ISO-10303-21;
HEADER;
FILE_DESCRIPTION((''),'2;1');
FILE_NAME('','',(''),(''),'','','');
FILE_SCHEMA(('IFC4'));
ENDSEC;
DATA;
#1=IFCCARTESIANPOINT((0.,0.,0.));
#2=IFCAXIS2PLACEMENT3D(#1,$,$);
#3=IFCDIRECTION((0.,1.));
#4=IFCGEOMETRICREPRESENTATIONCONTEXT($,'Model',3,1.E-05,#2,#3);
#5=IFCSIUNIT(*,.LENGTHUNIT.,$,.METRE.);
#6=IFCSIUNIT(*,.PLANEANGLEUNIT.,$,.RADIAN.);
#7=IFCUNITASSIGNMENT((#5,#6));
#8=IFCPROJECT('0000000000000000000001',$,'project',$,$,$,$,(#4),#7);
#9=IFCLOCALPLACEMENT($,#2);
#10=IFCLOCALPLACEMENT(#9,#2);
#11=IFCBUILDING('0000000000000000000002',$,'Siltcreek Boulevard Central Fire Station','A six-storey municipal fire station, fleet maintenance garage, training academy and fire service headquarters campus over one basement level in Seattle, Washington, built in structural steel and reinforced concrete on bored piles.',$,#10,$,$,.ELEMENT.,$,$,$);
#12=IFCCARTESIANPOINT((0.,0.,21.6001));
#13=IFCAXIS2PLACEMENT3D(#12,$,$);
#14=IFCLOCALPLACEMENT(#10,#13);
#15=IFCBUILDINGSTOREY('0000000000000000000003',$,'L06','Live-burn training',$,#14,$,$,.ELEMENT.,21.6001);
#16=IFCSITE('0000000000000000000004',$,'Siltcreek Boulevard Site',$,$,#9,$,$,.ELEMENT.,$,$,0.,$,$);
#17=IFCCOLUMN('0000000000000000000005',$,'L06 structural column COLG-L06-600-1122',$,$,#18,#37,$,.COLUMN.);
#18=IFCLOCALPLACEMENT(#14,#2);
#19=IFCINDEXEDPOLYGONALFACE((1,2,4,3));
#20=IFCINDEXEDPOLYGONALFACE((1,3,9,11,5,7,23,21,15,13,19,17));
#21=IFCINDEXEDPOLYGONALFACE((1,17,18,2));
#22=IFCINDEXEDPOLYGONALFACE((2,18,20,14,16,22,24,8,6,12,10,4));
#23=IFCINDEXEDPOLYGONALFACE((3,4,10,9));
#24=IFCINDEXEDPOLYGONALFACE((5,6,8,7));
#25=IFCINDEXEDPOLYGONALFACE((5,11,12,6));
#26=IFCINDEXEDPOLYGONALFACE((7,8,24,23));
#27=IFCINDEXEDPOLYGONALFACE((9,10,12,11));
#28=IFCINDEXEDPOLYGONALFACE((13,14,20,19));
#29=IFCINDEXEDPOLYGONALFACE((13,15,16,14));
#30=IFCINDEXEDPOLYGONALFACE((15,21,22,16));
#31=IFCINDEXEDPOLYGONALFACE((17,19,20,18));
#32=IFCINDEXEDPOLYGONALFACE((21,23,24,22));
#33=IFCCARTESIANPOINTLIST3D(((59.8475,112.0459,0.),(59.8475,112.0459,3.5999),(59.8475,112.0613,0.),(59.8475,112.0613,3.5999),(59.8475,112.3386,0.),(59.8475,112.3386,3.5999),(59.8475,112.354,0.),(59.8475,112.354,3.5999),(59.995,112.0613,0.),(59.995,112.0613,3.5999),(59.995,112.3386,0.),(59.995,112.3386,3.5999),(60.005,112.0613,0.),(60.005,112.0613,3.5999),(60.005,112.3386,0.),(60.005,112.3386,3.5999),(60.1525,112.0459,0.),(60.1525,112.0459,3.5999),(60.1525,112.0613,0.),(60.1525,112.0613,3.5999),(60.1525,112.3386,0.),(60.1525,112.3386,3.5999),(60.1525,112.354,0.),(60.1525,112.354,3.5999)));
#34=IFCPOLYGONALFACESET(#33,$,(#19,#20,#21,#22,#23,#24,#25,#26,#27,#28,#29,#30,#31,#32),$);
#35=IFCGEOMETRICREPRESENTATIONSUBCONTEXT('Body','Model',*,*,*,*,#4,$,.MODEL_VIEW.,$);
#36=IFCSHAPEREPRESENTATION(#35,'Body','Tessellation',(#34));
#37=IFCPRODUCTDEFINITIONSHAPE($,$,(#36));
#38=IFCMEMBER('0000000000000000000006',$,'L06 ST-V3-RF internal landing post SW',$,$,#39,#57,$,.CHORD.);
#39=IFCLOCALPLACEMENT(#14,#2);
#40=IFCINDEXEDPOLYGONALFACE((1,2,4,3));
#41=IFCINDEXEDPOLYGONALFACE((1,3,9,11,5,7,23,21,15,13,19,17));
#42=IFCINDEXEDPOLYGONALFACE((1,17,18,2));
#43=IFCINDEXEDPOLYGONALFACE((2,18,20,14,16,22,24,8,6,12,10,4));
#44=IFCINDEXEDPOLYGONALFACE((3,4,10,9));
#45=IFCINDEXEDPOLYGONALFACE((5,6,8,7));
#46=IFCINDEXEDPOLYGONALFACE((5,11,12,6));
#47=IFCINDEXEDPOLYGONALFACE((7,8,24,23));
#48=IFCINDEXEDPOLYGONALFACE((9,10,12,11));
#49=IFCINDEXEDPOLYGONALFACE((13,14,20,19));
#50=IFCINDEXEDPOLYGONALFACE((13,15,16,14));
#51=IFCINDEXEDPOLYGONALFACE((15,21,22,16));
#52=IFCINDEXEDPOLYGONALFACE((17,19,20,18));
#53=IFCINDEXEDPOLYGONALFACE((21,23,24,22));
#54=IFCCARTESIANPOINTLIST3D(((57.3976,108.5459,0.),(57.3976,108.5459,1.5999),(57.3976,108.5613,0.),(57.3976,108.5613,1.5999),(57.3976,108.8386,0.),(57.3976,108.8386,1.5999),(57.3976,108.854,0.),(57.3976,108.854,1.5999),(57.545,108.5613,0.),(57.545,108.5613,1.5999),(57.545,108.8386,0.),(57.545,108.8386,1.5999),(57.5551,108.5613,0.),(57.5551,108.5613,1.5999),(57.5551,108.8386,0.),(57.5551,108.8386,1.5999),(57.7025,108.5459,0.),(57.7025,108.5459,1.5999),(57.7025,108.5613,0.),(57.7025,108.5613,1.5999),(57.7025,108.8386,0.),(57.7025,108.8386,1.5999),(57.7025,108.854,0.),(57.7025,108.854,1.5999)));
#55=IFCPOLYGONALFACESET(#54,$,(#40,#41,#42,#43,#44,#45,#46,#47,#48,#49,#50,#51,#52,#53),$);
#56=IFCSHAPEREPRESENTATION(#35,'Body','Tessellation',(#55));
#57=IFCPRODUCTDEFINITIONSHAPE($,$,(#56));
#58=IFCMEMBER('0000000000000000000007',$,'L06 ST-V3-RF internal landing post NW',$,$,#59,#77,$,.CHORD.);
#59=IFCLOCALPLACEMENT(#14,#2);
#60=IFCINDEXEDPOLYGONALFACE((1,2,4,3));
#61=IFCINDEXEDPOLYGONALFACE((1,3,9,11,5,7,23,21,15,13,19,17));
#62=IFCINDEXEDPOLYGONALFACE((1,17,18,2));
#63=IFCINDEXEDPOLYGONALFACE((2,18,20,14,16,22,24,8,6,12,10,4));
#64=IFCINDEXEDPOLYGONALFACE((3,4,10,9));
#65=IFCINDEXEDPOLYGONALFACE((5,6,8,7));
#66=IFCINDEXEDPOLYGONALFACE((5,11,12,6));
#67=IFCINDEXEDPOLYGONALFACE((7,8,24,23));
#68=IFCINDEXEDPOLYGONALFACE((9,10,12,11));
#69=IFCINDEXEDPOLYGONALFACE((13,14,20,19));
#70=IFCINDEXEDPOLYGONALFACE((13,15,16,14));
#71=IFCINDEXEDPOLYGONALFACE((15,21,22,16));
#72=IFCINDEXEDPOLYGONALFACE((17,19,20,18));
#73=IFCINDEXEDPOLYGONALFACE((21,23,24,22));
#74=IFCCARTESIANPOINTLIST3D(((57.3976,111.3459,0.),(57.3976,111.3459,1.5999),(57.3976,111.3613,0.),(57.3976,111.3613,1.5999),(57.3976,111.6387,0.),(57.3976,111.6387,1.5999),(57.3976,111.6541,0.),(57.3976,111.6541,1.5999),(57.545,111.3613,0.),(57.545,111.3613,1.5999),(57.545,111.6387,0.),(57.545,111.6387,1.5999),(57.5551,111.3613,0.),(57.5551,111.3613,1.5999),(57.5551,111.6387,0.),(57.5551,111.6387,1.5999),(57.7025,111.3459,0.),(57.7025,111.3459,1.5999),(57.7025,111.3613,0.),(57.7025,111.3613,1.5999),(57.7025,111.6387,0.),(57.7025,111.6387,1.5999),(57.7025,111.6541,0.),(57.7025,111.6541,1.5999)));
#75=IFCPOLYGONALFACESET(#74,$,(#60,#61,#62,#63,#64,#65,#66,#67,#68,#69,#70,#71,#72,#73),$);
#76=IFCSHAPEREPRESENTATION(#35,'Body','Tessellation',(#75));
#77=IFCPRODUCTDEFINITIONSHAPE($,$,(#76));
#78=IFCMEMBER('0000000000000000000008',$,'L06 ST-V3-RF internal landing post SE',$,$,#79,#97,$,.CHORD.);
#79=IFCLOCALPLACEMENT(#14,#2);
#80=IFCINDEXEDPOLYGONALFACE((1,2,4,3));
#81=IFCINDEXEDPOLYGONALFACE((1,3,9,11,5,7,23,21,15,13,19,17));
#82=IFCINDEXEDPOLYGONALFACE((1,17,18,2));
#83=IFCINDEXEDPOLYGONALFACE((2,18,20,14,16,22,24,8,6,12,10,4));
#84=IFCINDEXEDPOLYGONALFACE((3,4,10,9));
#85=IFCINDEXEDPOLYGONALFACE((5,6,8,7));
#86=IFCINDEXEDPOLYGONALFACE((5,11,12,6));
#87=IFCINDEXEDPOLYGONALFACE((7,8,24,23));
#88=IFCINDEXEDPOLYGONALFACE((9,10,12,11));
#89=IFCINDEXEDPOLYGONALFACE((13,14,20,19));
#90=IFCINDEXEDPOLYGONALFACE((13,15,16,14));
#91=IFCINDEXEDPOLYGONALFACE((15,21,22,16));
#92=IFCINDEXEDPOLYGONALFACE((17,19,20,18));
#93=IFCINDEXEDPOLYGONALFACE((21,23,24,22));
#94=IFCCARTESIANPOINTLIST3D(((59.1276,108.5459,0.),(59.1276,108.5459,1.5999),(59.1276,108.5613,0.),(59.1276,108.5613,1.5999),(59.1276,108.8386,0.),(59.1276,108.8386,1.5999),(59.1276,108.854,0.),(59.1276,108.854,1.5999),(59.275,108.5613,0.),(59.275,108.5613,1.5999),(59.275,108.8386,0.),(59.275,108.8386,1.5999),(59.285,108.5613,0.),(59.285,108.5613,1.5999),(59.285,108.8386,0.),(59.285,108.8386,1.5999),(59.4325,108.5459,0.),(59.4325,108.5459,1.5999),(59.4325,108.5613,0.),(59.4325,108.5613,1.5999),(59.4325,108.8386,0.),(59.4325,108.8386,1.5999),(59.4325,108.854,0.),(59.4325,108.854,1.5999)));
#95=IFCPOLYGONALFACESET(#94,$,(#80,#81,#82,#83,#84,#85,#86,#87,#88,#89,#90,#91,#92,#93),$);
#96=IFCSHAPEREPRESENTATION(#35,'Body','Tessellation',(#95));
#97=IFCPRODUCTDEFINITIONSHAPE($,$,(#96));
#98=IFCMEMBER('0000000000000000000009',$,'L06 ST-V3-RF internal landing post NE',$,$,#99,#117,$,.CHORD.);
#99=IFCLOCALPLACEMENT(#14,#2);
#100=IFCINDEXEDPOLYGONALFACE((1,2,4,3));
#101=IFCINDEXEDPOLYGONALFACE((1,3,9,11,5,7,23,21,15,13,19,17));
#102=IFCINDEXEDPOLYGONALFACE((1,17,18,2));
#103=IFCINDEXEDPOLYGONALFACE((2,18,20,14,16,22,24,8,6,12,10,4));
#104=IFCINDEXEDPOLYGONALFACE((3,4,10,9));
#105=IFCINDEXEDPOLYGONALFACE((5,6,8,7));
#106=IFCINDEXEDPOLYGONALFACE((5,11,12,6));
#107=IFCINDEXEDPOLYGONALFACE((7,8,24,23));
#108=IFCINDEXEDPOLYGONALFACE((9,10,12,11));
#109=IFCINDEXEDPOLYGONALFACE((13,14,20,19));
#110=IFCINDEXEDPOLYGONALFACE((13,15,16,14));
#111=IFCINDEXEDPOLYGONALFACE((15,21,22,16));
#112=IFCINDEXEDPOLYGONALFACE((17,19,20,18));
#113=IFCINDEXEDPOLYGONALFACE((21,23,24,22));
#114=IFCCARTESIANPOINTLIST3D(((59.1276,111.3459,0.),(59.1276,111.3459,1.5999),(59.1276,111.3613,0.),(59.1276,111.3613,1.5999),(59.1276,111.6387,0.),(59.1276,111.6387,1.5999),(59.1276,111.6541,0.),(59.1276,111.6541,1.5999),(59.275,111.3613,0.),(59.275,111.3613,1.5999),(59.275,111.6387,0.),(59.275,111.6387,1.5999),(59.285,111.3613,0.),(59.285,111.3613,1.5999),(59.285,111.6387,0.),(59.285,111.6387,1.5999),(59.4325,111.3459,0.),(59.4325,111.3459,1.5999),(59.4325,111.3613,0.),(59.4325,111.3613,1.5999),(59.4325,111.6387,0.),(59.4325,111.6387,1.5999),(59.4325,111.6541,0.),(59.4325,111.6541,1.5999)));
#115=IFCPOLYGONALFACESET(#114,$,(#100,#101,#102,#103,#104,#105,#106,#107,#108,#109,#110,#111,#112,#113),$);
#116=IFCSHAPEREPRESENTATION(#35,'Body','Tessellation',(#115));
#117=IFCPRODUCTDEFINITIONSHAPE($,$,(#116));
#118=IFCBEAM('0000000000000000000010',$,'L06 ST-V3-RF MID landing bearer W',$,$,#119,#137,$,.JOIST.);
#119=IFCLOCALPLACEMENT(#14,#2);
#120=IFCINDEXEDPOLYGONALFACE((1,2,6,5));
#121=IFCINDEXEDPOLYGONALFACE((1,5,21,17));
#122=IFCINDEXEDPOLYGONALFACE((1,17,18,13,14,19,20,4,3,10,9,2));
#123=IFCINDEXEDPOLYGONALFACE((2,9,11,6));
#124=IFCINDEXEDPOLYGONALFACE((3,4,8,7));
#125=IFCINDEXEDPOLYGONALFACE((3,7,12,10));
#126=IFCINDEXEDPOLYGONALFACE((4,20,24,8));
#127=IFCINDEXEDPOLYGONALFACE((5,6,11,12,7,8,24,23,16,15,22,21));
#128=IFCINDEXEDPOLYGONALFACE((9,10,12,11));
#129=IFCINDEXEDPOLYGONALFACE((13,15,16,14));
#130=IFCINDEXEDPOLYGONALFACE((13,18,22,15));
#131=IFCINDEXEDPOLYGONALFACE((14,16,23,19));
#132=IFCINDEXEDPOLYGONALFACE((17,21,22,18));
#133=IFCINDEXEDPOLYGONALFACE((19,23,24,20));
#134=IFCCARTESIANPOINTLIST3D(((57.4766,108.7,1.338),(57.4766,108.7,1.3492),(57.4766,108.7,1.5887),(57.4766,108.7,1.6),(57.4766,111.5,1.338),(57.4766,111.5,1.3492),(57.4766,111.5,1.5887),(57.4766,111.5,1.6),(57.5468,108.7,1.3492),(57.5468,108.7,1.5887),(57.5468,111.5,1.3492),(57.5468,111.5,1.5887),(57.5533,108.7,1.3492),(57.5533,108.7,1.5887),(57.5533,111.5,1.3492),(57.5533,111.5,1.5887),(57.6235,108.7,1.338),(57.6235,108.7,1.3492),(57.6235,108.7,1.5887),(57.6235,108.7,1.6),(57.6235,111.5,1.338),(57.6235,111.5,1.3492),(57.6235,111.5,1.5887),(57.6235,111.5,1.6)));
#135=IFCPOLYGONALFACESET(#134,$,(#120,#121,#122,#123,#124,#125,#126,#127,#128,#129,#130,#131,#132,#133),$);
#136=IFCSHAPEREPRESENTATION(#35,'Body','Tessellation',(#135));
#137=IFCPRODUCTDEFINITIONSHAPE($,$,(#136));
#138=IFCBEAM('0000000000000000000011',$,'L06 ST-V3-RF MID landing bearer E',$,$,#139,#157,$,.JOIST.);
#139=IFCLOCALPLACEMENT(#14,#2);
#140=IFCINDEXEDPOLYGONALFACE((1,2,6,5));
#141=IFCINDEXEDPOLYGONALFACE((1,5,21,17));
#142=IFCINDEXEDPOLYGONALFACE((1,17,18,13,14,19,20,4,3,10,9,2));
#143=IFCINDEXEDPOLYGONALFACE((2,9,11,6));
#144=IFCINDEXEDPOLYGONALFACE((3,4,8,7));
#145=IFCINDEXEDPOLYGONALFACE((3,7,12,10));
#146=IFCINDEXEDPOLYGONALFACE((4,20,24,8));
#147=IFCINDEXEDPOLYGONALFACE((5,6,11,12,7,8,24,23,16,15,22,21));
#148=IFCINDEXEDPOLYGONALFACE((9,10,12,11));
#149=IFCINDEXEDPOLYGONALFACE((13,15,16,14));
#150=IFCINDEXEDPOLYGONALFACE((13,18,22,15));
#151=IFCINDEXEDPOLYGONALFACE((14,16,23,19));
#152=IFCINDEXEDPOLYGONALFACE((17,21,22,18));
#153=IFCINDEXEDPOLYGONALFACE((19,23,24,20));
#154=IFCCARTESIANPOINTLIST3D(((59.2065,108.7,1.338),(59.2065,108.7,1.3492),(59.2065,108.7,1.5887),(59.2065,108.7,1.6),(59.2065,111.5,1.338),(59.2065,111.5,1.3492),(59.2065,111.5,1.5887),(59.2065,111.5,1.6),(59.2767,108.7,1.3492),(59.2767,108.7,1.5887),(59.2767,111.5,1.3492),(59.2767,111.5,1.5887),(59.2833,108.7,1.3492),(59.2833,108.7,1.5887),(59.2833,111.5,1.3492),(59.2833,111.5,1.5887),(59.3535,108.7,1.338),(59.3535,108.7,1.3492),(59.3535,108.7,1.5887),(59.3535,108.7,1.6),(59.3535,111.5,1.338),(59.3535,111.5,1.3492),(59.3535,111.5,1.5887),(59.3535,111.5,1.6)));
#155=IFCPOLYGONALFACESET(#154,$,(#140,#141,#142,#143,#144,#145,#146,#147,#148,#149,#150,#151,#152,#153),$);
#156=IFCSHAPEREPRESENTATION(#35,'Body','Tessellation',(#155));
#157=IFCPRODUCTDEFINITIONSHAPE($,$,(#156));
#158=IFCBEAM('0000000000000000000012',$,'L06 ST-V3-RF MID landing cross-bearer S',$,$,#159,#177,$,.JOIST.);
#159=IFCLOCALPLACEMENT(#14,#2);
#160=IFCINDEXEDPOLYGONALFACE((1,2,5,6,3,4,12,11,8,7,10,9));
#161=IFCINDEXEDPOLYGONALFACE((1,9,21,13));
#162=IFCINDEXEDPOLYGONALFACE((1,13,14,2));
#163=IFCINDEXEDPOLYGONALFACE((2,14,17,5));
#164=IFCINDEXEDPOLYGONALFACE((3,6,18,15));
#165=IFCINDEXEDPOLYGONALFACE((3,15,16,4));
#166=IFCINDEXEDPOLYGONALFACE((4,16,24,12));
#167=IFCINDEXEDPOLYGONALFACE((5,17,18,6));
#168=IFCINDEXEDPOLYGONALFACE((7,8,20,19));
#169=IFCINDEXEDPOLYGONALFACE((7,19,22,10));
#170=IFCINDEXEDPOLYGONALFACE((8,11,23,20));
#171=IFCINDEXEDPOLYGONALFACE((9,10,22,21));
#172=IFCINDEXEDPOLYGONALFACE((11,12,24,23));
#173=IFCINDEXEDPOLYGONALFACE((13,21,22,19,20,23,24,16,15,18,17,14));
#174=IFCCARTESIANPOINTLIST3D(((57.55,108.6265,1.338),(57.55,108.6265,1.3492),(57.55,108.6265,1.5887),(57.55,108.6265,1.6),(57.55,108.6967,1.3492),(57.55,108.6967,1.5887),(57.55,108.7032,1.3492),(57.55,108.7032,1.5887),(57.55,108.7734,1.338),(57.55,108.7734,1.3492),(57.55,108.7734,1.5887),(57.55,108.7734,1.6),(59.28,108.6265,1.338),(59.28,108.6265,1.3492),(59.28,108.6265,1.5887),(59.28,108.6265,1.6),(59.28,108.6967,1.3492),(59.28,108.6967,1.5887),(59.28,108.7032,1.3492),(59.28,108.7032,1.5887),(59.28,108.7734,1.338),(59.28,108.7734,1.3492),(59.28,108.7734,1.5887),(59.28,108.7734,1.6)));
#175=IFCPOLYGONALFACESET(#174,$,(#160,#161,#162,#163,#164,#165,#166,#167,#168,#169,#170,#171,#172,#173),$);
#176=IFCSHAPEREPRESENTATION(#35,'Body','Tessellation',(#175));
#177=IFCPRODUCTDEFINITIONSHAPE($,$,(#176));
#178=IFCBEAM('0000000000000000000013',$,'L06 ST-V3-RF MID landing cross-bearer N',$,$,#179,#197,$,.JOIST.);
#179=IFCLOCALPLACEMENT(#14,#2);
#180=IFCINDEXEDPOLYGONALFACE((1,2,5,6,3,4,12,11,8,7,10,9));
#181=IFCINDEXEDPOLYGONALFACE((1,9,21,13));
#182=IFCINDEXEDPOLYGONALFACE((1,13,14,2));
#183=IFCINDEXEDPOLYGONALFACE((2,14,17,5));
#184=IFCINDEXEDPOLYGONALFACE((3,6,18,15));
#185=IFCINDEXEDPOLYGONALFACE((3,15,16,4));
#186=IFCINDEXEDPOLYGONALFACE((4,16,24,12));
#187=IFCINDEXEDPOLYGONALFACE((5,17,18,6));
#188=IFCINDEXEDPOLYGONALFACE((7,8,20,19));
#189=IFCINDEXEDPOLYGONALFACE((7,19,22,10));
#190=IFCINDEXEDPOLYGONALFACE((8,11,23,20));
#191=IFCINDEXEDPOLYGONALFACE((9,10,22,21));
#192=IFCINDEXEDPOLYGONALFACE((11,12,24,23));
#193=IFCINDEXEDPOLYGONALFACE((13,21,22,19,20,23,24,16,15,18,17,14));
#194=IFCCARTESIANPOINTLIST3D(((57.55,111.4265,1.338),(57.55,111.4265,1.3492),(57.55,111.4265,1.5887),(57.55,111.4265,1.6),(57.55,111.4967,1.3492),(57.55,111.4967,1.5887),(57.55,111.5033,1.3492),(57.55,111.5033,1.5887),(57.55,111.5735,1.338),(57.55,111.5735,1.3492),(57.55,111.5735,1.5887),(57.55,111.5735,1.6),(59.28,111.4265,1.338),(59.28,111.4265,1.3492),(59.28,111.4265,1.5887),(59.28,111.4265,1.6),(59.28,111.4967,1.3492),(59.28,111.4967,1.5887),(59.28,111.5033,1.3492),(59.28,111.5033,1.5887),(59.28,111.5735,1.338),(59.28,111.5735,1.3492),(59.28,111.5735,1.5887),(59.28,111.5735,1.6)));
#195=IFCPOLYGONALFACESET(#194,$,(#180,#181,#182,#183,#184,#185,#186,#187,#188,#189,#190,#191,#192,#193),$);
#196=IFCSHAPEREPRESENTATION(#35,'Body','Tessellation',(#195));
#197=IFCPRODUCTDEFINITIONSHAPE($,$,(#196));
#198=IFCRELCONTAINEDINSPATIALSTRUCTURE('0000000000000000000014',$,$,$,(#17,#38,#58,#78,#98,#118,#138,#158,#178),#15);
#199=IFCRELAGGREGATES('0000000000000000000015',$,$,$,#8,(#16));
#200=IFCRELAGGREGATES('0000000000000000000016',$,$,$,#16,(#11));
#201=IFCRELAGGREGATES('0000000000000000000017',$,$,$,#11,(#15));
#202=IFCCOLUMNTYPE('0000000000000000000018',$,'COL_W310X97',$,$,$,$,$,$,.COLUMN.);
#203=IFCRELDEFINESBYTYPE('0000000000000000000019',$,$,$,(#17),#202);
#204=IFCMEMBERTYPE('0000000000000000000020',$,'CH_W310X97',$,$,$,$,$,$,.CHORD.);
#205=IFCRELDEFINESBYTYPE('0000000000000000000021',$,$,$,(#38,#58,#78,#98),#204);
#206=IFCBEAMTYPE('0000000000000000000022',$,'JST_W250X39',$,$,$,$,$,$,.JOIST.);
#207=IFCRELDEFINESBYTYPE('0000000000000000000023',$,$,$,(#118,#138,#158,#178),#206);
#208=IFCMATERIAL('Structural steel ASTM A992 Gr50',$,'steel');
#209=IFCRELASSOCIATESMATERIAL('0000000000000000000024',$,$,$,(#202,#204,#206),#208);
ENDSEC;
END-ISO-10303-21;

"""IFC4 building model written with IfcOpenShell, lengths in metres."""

from ifc_helpers import new_model, si_unit, direction, frame, origin, origin_2d, place, context, subcontext, project, spatial, i_section, extrude, material, material_profile, profile_set, type_object, element, save


model = new_model("IFC4")

# Units and contexts
model_context = context("Model", 3, precision=1e-05, world=origin(), true_north=direction((0.0, 1.0)))
body_context = subcontext(model_context, "Body", "Model", "MODEL_VIEW")
ifc_project = project(units=[si_unit("LENGTHUNIT", "METRE"), si_unit("PLANEANGLEUNIT", "RADIAN")], contexts=[model_context])

# Site, building, storey
site_placement = place(None, origin())
site = spatial("IfcSite", under=ifc_project, at=site_placement, Name="Siltcreek Boulevard Site", CompositionType="ELEMENT", RefElevation=0.0)
building_placement = place(site_placement, origin())
building = spatial("IfcBuilding", under=site, at=building_placement, Name="Siltcreek Boulevard Central Fire Station", Description="A six-storey municipal fire station, fleet maintenance garage, training academy and fire service headquarters campus over one basement level in Seattle, Washington, built in structural steel and reinforced concrete on bored piles.", CompositionType="ELEMENT")
storey_placement = place(building_placement, frame((0.0, 0.0, 21.6001)))
storey = spatial("IfcBuildingStorey", under=building, at=storey_placement, Name="L06", Description="Live-burn training", CompositionType="ELEMENT", Elevation=21.6001)

# Column
ifc_material_1 = material(Name="Structural steel ASTM A992 Gr50", Category="steel")
ifc_material_profile_1 = material_profile(ifc_material_1, i_section(OverallWidth=0.3049, OverallDepth=0.3081, WebThickness=0.01, FlangeThickness=0.0154, at=origin_2d()), Name="W310X97")
ifc_profile_set_1 = profile_set([ifc_material_profile_1], Name="Structural steel ASTM A992 Gr50")
column_type = type_object("IfcColumnType", Name="COL_W310X97", PredefinedType="COLUMN", material=ifc_profile_set_1)
column_placement = place(storey_placement, frame((60.0, 112.2, 0.0), z_axis=(0.0, 0.0, 1.0), x_axis=(1.0, 0.0, 0.0)))
element("IfcColumn", 1, at=column_placement, inside=storey, type_object=column_type, Name="L06 structural column COLG-L06-600-1122", PredefinedType="COLUMN", context=body_context, shape_type="SweptSolid", body=[
    extrude(i_section(OverallWidth=0.3049, OverallDepth=0.3081, WebThickness=0.01, FlangeThickness=0.0154, at=origin_2d()), origin(), (0.0, 0.0, 1.0), 3.5999),
])

# Members
ifc_material_profile_2 = material_profile(ifc_material_1, i_section(OverallWidth=0.3049, OverallDepth=0.3081, WebThickness=0.01, FlangeThickness=0.0154, at=origin_2d()), Name="W310X97")
ifc_profile_set_2 = profile_set([ifc_material_profile_2], Name="Structural steel ASTM A992 Gr50")
member_type = type_object("IfcMemberType", Name="CH_W310X97", PredefinedType="CHORD", material=ifc_profile_set_2)
for number, where, z_axis, x_axis, name in (
    (2, (57.55, 108.7, 0.0), (0.0, 0.0, 1.0), (1.0, 0.0, 0.0), "L06 ST-V3-RF internal landing post SW"),
    (3, (57.55, 111.5, 0.0), (0.0, 0.0, 1.0), (1.0, 0.0, 0.0), "L06 ST-V3-RF internal landing post NW"),
    (4, (59.28, 108.7, 0.0), (0.0, 0.0, 1.0), (1.0, 0.0, 0.0), "L06 ST-V3-RF internal landing post SE"),
    (5, (59.28, 111.5, 0.0), (0.0, 0.0, 1.0), (1.0, 0.0, 0.0), "L06 ST-V3-RF internal landing post NE"),
):
    element("IfcMember", number, at=place(storey_placement, frame(where, z_axis=z_axis, x_axis=x_axis)), inside=storey, type_object=member_type, Name=name, PredefinedType="CHORD", context=body_context, shape_type="SweptSolid", body=[
        extrude(i_section(OverallWidth=0.3049, OverallDepth=0.3081, WebThickness=0.01, FlangeThickness=0.0154, at=origin_2d()), origin(), (0.0, 0.0, 1.0), 1.5999),
    ])

# Beams
ifc_material_profile_3 = material_profile(ifc_material_1, i_section(OverallWidth=0.147, OverallDepth=0.262, WebThickness=0.0066, FlangeThickness=0.0112, at=origin_2d()), Name="W250X39")
ifc_profile_set_3 = profile_set([ifc_material_profile_3], Name="Structural steel ASTM A992 Gr50")
beam_type = type_object("IfcBeamType", Name="JST_W250X39", PredefinedType="JOIST", material=ifc_profile_set_3)
for number, where, z_axis, x_axis, name in (
    (6, (57.55, 108.7, 1.469), (0.0, 1.0, 0.0), (-1.0, 0.0, 0.0), "L06 ST-V3-RF MID landing bearer W"),
    (7, (59.28, 108.7, 1.469), (0.0, 1.0, 0.0), (-1.0, 0.0, 0.0), "L06 ST-V3-RF MID landing bearer E"),
):
    element("IfcBeam", number, at=place(storey_placement, frame(where, z_axis=z_axis, x_axis=x_axis)), inside=storey, type_object=beam_type, Name=name, PredefinedType="JOIST", context=body_context, shape_type="SweptSolid", body=[
        extrude(i_section(OverallWidth=0.147, OverallDepth=0.262, WebThickness=0.0066, FlangeThickness=0.0112, at=origin_2d()), origin(), (0.0, 0.0, 1.0), 2.8),
    ])
for number, where, z_axis, x_axis, name in (
    (8, (57.55, 108.7, 1.469), (1.0, 0.0, 0.0), (0.0, 1.0, 0.0), "L06 ST-V3-RF MID landing cross-bearer S"),
    (9, (57.55, 111.5, 1.469), (1.0, 0.0, 0.0), (0.0, 1.0, 0.0), "L06 ST-V3-RF MID landing cross-bearer N"),
):
    element("IfcBeam", number, at=place(storey_placement, frame(where, z_axis=z_axis, x_axis=x_axis)), inside=storey, type_object=beam_type, Name=name, PredefinedType="JOIST", context=body_context, shape_type="SweptSolid", body=[
        extrude(i_section(OverallWidth=0.147, OverallDepth=0.262, WebThickness=0.0066, FlangeThickness=0.0112, at=origin_2d()), origin(), (0.0, 0.0, 1.0), 1.73),
    ])

save(model, "model.ifc")
